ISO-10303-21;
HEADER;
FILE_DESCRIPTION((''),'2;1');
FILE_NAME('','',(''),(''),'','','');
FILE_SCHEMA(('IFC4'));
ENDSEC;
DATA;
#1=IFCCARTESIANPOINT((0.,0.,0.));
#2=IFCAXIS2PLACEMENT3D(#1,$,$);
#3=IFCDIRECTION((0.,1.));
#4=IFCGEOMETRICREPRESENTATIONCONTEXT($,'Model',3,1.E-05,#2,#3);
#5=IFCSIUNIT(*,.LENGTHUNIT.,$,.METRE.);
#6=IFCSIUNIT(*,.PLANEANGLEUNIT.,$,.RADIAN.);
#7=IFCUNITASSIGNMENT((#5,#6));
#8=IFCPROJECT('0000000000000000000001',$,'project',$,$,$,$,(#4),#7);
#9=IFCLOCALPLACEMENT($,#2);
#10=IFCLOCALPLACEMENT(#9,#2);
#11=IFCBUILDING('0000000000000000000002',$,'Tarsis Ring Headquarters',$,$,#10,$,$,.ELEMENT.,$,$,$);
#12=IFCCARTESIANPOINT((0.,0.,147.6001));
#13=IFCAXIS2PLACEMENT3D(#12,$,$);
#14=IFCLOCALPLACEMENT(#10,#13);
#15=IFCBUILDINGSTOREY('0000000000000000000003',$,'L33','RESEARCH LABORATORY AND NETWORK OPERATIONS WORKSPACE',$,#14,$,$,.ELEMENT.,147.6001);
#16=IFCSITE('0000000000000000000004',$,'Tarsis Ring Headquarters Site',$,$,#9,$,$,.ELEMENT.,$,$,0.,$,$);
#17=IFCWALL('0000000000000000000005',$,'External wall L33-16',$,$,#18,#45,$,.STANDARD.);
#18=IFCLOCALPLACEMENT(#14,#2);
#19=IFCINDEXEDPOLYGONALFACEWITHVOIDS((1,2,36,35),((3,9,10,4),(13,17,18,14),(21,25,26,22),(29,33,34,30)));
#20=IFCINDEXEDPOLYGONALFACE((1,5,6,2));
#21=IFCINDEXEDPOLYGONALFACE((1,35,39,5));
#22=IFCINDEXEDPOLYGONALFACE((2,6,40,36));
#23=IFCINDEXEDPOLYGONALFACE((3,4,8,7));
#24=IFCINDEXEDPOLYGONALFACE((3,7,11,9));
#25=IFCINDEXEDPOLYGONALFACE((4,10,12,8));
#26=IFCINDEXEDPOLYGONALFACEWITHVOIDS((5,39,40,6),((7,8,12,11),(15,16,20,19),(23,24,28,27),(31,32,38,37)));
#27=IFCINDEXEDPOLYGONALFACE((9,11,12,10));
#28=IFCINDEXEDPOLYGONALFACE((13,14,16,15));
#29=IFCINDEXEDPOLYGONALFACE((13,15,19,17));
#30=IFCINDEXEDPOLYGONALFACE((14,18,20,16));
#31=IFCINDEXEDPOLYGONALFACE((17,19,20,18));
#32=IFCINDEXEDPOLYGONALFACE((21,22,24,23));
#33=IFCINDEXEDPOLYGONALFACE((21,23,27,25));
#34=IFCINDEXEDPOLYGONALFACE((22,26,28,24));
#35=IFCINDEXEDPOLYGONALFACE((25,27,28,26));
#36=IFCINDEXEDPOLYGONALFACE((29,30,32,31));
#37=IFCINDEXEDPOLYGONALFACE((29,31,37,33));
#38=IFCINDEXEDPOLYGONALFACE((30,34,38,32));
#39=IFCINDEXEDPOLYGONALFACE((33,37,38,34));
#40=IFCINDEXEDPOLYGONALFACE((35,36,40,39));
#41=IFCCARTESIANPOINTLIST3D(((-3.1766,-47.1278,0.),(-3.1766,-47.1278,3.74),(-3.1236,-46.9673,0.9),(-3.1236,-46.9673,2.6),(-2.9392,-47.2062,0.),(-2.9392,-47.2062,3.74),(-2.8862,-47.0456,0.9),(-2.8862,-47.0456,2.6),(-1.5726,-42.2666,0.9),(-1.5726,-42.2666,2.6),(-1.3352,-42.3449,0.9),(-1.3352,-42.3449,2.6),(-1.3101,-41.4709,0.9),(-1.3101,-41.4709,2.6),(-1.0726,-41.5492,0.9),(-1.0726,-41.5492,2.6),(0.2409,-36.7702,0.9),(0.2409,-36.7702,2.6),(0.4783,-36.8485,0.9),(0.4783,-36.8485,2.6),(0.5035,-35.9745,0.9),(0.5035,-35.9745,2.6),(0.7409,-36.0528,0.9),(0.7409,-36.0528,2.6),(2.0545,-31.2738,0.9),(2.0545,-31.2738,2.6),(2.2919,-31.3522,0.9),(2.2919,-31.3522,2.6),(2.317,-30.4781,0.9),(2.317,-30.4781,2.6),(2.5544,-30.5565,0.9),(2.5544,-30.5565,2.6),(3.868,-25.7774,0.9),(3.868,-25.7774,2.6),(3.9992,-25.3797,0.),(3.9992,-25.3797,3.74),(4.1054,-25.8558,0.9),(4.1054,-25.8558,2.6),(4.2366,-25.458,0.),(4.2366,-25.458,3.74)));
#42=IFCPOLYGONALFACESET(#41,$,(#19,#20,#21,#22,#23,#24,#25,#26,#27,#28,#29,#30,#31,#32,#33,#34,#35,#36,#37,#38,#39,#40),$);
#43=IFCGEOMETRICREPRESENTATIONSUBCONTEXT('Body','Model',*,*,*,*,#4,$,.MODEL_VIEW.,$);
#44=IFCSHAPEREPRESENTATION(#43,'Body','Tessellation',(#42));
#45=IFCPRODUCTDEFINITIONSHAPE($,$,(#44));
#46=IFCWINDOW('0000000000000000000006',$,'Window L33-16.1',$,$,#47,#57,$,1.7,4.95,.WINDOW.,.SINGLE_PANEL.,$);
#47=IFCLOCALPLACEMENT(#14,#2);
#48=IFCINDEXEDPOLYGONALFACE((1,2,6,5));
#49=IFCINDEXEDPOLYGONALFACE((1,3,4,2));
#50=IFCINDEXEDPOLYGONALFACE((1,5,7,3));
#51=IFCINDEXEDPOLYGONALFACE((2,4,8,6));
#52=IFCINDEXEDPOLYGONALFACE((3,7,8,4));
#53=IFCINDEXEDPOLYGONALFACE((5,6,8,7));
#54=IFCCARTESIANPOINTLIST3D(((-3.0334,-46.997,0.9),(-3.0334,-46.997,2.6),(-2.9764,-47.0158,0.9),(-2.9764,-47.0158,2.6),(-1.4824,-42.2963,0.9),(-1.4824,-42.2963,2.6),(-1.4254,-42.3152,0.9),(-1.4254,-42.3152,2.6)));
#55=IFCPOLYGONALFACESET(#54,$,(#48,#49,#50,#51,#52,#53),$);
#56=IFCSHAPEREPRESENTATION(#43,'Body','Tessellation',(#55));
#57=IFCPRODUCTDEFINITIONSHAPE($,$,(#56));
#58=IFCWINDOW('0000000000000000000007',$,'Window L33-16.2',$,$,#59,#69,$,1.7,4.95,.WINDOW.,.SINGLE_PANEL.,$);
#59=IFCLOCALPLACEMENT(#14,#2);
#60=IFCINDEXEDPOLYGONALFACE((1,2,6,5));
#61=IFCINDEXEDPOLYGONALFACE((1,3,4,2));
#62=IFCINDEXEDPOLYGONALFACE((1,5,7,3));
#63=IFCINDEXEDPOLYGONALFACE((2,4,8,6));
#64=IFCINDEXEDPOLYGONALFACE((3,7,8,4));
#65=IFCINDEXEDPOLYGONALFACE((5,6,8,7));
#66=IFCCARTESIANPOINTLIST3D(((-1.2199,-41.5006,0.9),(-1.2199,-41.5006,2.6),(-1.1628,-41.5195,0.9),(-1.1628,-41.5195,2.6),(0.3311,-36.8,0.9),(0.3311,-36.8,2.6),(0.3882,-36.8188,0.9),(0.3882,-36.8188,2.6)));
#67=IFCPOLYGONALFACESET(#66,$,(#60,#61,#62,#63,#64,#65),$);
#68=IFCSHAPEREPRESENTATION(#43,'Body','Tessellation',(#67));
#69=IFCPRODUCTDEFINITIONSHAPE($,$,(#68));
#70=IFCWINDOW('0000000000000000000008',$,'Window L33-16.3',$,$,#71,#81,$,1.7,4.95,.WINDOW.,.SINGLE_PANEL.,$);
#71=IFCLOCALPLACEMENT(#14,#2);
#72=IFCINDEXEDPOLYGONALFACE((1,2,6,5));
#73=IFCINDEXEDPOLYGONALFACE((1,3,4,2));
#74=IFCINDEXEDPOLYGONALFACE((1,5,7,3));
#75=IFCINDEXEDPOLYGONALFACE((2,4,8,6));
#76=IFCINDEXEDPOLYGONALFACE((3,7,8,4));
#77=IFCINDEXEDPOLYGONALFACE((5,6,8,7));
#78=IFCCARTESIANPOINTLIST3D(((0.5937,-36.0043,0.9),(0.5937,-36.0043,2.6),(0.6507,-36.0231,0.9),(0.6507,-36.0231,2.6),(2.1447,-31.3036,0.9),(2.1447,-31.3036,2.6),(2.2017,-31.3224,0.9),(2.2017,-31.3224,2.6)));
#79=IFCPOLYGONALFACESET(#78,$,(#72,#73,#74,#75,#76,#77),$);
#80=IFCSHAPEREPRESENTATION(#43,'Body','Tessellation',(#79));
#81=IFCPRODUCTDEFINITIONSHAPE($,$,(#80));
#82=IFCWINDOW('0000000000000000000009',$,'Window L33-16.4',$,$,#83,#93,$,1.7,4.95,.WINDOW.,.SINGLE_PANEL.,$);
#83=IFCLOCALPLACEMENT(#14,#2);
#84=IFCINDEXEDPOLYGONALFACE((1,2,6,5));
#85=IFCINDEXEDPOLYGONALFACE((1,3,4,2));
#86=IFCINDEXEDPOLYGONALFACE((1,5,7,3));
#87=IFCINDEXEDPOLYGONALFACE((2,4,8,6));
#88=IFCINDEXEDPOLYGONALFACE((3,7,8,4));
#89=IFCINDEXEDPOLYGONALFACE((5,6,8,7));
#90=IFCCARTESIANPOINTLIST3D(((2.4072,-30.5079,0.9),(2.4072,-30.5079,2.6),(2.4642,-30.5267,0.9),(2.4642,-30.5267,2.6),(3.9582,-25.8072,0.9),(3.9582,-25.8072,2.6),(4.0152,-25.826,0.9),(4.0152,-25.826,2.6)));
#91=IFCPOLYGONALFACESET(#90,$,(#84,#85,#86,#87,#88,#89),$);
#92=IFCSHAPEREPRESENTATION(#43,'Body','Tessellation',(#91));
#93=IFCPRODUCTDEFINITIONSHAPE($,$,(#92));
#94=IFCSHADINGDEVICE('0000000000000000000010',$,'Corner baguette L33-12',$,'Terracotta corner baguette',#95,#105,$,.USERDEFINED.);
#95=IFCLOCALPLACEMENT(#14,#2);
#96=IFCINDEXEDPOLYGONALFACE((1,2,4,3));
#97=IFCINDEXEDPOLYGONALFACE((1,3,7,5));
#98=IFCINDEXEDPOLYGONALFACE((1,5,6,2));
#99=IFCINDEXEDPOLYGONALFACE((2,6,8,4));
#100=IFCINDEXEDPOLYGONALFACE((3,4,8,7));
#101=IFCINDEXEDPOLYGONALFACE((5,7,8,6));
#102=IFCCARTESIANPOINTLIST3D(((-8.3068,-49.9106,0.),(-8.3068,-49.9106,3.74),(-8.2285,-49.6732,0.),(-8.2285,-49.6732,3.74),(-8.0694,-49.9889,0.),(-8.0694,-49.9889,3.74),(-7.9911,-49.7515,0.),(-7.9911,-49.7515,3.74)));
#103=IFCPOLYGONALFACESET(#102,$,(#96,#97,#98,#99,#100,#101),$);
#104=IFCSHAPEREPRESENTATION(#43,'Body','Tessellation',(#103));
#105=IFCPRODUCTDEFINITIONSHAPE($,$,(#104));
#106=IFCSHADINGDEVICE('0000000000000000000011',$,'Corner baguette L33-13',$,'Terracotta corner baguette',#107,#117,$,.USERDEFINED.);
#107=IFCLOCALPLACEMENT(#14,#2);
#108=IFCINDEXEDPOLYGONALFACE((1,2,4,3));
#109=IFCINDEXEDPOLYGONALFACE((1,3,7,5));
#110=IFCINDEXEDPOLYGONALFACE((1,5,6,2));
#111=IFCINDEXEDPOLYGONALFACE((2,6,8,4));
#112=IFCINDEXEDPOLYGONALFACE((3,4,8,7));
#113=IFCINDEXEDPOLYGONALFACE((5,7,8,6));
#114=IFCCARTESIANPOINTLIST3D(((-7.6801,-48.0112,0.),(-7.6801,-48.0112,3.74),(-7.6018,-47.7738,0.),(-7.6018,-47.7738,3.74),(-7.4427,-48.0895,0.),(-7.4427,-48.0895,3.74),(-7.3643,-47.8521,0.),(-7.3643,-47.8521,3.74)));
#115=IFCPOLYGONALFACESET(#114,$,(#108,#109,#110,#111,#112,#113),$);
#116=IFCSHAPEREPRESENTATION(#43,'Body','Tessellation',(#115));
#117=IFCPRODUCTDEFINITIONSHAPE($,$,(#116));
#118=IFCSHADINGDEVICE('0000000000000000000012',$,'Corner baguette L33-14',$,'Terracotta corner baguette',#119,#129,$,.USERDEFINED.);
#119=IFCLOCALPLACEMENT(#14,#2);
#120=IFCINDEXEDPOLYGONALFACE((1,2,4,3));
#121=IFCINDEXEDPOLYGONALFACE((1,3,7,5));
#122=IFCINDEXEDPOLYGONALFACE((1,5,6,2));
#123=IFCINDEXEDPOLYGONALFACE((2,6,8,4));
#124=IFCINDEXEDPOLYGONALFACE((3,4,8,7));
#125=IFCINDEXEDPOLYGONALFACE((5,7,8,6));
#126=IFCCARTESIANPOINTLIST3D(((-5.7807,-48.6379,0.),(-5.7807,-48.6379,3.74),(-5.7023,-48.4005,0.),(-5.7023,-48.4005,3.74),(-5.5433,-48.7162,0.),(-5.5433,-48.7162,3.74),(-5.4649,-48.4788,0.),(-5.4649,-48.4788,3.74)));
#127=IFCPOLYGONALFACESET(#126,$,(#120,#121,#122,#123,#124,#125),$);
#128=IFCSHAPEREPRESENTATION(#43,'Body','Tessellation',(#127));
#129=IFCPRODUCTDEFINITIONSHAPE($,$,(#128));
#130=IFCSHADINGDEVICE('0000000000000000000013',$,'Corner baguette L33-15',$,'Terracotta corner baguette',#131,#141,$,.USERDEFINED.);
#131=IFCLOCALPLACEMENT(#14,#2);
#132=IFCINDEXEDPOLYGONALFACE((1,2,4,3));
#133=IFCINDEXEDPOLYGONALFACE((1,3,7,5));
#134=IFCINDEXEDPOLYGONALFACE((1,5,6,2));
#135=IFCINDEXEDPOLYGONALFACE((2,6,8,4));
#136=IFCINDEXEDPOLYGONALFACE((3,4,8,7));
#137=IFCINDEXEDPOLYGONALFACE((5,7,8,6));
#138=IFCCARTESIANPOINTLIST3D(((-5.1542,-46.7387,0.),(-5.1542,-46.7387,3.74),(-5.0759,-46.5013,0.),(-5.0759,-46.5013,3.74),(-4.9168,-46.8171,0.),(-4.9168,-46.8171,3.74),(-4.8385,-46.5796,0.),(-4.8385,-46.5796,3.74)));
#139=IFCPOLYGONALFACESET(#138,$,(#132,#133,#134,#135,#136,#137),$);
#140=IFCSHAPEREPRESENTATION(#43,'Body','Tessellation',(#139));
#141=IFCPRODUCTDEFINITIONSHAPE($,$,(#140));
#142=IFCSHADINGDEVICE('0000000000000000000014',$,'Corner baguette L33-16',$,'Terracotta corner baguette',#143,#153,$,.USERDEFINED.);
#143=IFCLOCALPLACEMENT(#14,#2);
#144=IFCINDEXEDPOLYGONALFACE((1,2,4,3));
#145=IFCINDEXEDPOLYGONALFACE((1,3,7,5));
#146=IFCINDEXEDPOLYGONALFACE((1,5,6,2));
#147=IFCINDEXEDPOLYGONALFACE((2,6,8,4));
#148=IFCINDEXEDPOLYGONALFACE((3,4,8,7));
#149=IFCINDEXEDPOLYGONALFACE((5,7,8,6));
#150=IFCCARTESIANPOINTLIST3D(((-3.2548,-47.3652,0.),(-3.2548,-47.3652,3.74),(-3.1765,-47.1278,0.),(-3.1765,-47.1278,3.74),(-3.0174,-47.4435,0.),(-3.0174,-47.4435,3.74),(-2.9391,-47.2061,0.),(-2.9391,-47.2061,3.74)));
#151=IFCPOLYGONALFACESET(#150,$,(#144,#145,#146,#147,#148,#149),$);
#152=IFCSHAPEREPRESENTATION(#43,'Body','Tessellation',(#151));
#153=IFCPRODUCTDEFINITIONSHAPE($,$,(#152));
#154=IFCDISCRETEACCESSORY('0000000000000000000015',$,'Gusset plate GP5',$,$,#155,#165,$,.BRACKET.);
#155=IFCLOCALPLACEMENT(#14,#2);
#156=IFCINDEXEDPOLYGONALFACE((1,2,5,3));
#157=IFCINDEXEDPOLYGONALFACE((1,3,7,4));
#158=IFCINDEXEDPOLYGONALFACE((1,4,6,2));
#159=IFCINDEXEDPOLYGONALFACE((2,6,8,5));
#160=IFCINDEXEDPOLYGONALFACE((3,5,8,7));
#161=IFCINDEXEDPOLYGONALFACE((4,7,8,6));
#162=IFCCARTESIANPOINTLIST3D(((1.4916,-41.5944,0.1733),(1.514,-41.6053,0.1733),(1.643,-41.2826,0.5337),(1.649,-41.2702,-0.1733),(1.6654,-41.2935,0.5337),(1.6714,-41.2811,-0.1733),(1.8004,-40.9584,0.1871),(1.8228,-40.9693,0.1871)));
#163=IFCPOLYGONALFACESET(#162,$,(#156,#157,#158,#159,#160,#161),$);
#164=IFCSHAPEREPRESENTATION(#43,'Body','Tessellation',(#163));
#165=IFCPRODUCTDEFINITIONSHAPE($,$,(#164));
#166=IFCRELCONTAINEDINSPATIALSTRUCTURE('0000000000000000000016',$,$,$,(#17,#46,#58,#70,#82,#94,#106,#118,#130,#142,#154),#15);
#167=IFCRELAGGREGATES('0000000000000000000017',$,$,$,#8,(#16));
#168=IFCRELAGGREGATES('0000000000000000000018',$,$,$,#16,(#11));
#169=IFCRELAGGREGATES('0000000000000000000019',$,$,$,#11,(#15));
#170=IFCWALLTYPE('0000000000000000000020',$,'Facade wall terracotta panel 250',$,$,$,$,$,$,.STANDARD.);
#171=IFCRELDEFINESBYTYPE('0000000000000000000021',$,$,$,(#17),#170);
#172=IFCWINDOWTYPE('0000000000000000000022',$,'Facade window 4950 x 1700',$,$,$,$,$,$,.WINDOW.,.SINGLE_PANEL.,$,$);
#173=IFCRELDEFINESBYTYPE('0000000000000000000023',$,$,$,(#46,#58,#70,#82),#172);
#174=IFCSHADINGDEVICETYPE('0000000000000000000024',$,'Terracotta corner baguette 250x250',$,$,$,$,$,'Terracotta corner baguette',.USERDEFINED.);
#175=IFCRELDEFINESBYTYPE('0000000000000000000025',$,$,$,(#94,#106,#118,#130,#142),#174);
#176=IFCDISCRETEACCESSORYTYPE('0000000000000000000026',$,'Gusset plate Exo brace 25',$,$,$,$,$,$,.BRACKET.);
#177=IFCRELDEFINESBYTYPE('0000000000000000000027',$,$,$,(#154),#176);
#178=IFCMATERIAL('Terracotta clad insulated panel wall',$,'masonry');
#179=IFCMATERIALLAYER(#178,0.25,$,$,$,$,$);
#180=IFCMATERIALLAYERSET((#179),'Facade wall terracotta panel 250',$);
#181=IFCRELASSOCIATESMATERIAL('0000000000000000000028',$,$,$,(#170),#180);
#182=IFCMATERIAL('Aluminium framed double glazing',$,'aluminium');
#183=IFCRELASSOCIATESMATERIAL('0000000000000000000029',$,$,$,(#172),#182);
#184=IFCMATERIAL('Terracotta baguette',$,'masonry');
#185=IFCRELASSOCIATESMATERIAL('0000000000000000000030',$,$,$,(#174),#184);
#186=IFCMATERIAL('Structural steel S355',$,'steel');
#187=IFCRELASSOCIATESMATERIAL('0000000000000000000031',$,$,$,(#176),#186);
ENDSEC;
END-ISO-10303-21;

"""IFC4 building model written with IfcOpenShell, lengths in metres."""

from ifc_helpers import new_model, si_unit, direction, frame, frame_2d, origin, origin_2d, place, context, subcontext, project, spatial, rectangle, extrude, material, layer, layer_set, material_profile, profile_set, type_object, element, fill, save


model = new_model("IFC4")

# Units and contexts
model_context = context("Model", 3, precision=1e-05, world=origin(), true_north=direction((0.0, 1.0)))
body_context = subcontext(model_context, "Body", "Model", "MODEL_VIEW")
ifc_project = project(units=[si_unit("LENGTHUNIT", "METRE"), si_unit("PLANEANGLEUNIT", "RADIAN")], contexts=[model_context])

# Site, building, storey
site_placement = place(None, origin())
site = spatial("IfcSite", under=ifc_project, at=site_placement, Name="Tarsis Ring Headquarters Site", CompositionType="ELEMENT", RefElevation=0.0)
building_placement = place(site_placement, origin())
building = spatial("IfcBuilding", under=site, at=building_placement, Name="Tarsis Ring Headquarters", CompositionType="ELEMENT")
storey_placement = place(building_placement, frame((0.0, 0.0, 147.6001)))
storey = spatial("IfcBuildingStorey", under=building, at=storey_placement, Name="L33", Description="RESEARCH LABORATORY AND NETWORK OPERATIONS WORKSPACE", CompositionType="ELEMENT", Elevation=147.6001)

# Shared definitions
ifc_material_1 = material(Name="Structural steel S355", Category="steel")

# Shared definitions
ifc_material_2 = material(Name="Terracotta clad insulated panel wall", Category="masonry")
ifc_layer = layer(ifc_material_2, 0.25)
ifc_layer_set = layer_set([ifc_layer], Name="Facade wall terracotta panel 250")
wall_type = type_object("IfcWallType", Name="Facade wall terracotta panel 250", PredefinedType="STANDARD", material=ifc_layer_set)

# Wall, openings, windows
wall_1_placement = place(storey_placement, frame((-3.0579, -47.167, 0.0), z_axis=(0.0, 0.0, 1.0), x_axis=(0.313335, 0.949643, 0.0)))
wall_1 = element("IfcWall", 1, at=wall_1_placement, inside=storey, type_object=wall_type, Name="External wall L33-16", PredefinedType="STANDARD", context=body_context, shape_type="SweptSolid", body=[
    extrude(rectangle(XDim=22.9014, YDim=0.25, at=frame_2d((11.4507, 0.0))), origin(), (0.0, 0.0, 1.0), 3.74),
])
opening_1_placement = place(wall_1_placement, frame((0.1689, 0.0, 0.8999)))
opening_1 = element("IfcOpeningElement", 2, at=opening_1_placement, cuts=wall_1, PredefinedType="OPENING", context=body_context, shape_type="SweptSolid", body=[
    extrude(rectangle(XDim=4.95, YDim=1.7, at=frame_2d((2.4751, 0.8501))), frame((0.0, 0.135, 0.0), z_axis=(0.0, -1.0, 0.0), x_axis=(1.0, 0.0, 0.0)), (0.0, 0.0, 1.0), 0.27),
])
opening_2_placement = place(wall_1_placement, frame((5.9568, 0.0, 0.8999)))
opening_2 = element("IfcOpeningElement", 3, at=opening_2_placement, cuts=wall_1, PredefinedType="OPENING", context=body_context, shape_type="SweptSolid", body=[
    extrude(rectangle(XDim=4.95, YDim=1.7, at=frame_2d((2.4751, 0.8501))), frame((0.0, 0.135, 0.0), z_axis=(0.0, -1.0, 0.0), x_axis=(1.0, 0.0, 0.0)), (0.0, 0.0, 1.0), 0.27),
])
opening_3_placement = place(wall_1_placement, frame((11.7446, 0.0, 0.8999)))
opening_3 = element("IfcOpeningElement", 4, at=opening_3_placement, cuts=wall_1, PredefinedType="OPENING", context=body_context, shape_type="SweptSolid", body=[
    extrude(rectangle(XDim=4.95, YDim=1.7, at=frame_2d((2.4751, 0.8501))), frame((0.0, 0.135, 0.0), z_axis=(0.0, -1.0, 0.0), x_axis=(1.0, 0.0, 0.0)), (0.0, 0.0, 1.0), 0.27),
])
opening_4_placement = place(wall_1_placement, frame((17.5325, 0.0, 0.8999)))
opening_4 = element("IfcOpeningElement", 5, at=opening_4_placement, cuts=wall_1, PredefinedType="OPENING", context=body_context, shape_type="SweptSolid", body=[
    extrude(rectangle(XDim=4.95, YDim=1.7, at=frame_2d((2.4751, 0.8501))), frame((0.0, 0.135, 0.0), z_axis=(0.0, -1.0, 0.0), x_axis=(1.0, 0.0, 0.0)), (0.0, 0.0, 1.0), 0.27),
])
ifc_material_3 = material(Name="Aluminium framed double glazing", Category="aluminium")
window_type = type_object("IfcWindowType", Name="Facade window 4950 x 1700", PartitioningType="SINGLE_PANEL", PredefinedType="WINDOW", material=ifc_material_3)
window_1_placement = place(opening_1_placement, origin())
window_1 = element("IfcWindow", 6, at=window_1_placement, inside=storey, type_object=window_type, Name="Window L33-16.1", OverallHeight=1.7, OverallWidth=4.95, PartitioningType="SINGLE_PANEL", PredefinedType="WINDOW", context=body_context, shape_type="SweptSolid", body=[
    extrude(rectangle(XDim=4.95, YDim=1.7, at=frame_2d((2.4751, 0.8501))), frame((0.0, 0.03, 0.0), z_axis=(0.0, -1.0, 0.0), x_axis=(1.0, 0.0, 0.0)), (0.0, 0.0, 1.0), 0.0601),
])
fill(opening_1, window_1)
window_2_placement = place(opening_2_placement, origin())
window_2 = element("IfcWindow", 7, at=window_2_placement, inside=storey, type_object=window_type, Name="Window L33-16.2", OverallHeight=1.7, OverallWidth=4.95, PartitioningType="SINGLE_PANEL", PredefinedType="WINDOW", context=body_context, shape_type="SweptSolid", body=[
    extrude(rectangle(XDim=4.95, YDim=1.7, at=frame_2d((2.4751, 0.8501))), frame((0.0, 0.03, 0.0), z_axis=(0.0, -1.0, 0.0), x_axis=(1.0, 0.0, 0.0)), (0.0, 0.0, 1.0), 0.0601),
])
fill(opening_2, window_2)
window_3_placement = place(opening_3_placement, origin())
window_3 = element("IfcWindow", 8, at=window_3_placement, inside=storey, type_object=window_type, Name="Window L33-16.3", OverallHeight=1.7, OverallWidth=4.95, PartitioningType="SINGLE_PANEL", PredefinedType="WINDOW", context=body_context, shape_type="SweptSolid", body=[
    extrude(rectangle(XDim=4.95, YDim=1.7, at=frame_2d((2.4751, 0.8501))), frame((0.0, 0.03, 0.0), z_axis=(0.0, -1.0, 0.0), x_axis=(1.0, 0.0, 0.0)), (0.0, 0.0, 1.0), 0.0601),
])
fill(opening_3, window_3)
window_4_placement = place(opening_4_placement, origin())
window_4 = element("IfcWindow", 9, at=window_4_placement, inside=storey, type_object=window_type, Name="Window L33-16.4", OverallHeight=1.7, OverallWidth=4.95, PartitioningType="SINGLE_PANEL", PredefinedType="WINDOW", context=body_context, shape_type="SweptSolid", body=[
    extrude(rectangle(XDim=4.95, YDim=1.7, at=frame_2d((2.4751, 0.8501))), frame((0.0, 0.03, 0.0), z_axis=(0.0, -1.0, 0.0), x_axis=(1.0, 0.0, 0.0)), (0.0, 0.0, 1.0), 0.0601),
])
fill(opening_4, window_4)

# Shading devices
ifc_material_4 = material(Name="Terracotta baguette", Category="masonry")
shading_device_type_1 = type_object("IfcShadingDeviceType", Name="Terracotta corner baguette 250x250", ElementType="Terracotta corner baguette", PredefinedType="USERDEFINED", material=ifc_material_4)
for number, where, z_axis, x_axis, name in (
    (10, (-8.1489, -49.8311, 0.0), (0.0, 0.0, 1.0), (0.949644, -0.31333, 0.0), "Corner baguette L33-12"),
    (11, (-7.5222, -47.9316, 0.0), (0.0, 0.0, 1.0), (0.31333, 0.949644, 0.0), "Corner baguette L33-13"),
    (12, (-5.6228, -48.5583, 0.0), (0.0, 0.0, 1.0), (0.949644, -0.313329, 0.0), "Corner baguette L33-14"),
    (13, (-4.9963, -46.6592, 0.0), (0.0, 0.0, 1.0), (0.313329, 0.949644, 0.0), "Corner baguette L33-15"),
    (14, (-3.0969, -47.2856, 0.0), (0.0, 0.0, 1.0), (0.949644, -0.313329, 0.0), "Corner baguette L33-16"),
):
    element("IfcShadingDevice", number, at=place(storey_placement, frame(where, z_axis=z_axis, x_axis=x_axis)), inside=storey, type_object=shading_device_type_1, Name=name, ObjectType="Terracotta corner baguette", PredefinedType="USERDEFINED", context=body_context, shape_type="SweptSolid", body=[
        extrude(rectangle(XDim=0.25, YDim=0.25, at=origin_2d()), origin(), (0.0, 0.0, 1.0), 3.74),
    ])

# Discrete accessory
ifc_material_profile_1 = material_profile(ifc_material_1, rectangle(XDim=0.0249, YDim=0.5, at=origin_2d()), Name="PL 25x500")
ifc_profile_set_1 = profile_set([ifc_material_profile_1], Name="Structural steel S355")
discrete_accessory_type = type_object("IfcDiscreteAccessoryType", Name="Gusset plate Exo brace 25", PredefinedType="BRACKET", material=ifc_profile_set_1)
discrete_accessory_placement = place(storey_placement, frame((1.5815, -41.4377, 0.0), z_axis=(0.302756, 0.62358, 0.720755), x_axis=(-0.899579, 0.436757, 0.0)))
element("IfcDiscreteAccessory", 15, at=discrete_accessory_placement, inside=storey, type_object=discrete_accessory_type, Name="Gusset plate GP5", PredefinedType="BRACKET", context=body_context, shape_type="SweptSolid", body=[
    extrude(rectangle(XDim=0.0249, YDim=0.5, at=origin_2d()), origin(), (0.0, 0.0, 1.0), 0.5),
])

save(model, "model.ifc")
